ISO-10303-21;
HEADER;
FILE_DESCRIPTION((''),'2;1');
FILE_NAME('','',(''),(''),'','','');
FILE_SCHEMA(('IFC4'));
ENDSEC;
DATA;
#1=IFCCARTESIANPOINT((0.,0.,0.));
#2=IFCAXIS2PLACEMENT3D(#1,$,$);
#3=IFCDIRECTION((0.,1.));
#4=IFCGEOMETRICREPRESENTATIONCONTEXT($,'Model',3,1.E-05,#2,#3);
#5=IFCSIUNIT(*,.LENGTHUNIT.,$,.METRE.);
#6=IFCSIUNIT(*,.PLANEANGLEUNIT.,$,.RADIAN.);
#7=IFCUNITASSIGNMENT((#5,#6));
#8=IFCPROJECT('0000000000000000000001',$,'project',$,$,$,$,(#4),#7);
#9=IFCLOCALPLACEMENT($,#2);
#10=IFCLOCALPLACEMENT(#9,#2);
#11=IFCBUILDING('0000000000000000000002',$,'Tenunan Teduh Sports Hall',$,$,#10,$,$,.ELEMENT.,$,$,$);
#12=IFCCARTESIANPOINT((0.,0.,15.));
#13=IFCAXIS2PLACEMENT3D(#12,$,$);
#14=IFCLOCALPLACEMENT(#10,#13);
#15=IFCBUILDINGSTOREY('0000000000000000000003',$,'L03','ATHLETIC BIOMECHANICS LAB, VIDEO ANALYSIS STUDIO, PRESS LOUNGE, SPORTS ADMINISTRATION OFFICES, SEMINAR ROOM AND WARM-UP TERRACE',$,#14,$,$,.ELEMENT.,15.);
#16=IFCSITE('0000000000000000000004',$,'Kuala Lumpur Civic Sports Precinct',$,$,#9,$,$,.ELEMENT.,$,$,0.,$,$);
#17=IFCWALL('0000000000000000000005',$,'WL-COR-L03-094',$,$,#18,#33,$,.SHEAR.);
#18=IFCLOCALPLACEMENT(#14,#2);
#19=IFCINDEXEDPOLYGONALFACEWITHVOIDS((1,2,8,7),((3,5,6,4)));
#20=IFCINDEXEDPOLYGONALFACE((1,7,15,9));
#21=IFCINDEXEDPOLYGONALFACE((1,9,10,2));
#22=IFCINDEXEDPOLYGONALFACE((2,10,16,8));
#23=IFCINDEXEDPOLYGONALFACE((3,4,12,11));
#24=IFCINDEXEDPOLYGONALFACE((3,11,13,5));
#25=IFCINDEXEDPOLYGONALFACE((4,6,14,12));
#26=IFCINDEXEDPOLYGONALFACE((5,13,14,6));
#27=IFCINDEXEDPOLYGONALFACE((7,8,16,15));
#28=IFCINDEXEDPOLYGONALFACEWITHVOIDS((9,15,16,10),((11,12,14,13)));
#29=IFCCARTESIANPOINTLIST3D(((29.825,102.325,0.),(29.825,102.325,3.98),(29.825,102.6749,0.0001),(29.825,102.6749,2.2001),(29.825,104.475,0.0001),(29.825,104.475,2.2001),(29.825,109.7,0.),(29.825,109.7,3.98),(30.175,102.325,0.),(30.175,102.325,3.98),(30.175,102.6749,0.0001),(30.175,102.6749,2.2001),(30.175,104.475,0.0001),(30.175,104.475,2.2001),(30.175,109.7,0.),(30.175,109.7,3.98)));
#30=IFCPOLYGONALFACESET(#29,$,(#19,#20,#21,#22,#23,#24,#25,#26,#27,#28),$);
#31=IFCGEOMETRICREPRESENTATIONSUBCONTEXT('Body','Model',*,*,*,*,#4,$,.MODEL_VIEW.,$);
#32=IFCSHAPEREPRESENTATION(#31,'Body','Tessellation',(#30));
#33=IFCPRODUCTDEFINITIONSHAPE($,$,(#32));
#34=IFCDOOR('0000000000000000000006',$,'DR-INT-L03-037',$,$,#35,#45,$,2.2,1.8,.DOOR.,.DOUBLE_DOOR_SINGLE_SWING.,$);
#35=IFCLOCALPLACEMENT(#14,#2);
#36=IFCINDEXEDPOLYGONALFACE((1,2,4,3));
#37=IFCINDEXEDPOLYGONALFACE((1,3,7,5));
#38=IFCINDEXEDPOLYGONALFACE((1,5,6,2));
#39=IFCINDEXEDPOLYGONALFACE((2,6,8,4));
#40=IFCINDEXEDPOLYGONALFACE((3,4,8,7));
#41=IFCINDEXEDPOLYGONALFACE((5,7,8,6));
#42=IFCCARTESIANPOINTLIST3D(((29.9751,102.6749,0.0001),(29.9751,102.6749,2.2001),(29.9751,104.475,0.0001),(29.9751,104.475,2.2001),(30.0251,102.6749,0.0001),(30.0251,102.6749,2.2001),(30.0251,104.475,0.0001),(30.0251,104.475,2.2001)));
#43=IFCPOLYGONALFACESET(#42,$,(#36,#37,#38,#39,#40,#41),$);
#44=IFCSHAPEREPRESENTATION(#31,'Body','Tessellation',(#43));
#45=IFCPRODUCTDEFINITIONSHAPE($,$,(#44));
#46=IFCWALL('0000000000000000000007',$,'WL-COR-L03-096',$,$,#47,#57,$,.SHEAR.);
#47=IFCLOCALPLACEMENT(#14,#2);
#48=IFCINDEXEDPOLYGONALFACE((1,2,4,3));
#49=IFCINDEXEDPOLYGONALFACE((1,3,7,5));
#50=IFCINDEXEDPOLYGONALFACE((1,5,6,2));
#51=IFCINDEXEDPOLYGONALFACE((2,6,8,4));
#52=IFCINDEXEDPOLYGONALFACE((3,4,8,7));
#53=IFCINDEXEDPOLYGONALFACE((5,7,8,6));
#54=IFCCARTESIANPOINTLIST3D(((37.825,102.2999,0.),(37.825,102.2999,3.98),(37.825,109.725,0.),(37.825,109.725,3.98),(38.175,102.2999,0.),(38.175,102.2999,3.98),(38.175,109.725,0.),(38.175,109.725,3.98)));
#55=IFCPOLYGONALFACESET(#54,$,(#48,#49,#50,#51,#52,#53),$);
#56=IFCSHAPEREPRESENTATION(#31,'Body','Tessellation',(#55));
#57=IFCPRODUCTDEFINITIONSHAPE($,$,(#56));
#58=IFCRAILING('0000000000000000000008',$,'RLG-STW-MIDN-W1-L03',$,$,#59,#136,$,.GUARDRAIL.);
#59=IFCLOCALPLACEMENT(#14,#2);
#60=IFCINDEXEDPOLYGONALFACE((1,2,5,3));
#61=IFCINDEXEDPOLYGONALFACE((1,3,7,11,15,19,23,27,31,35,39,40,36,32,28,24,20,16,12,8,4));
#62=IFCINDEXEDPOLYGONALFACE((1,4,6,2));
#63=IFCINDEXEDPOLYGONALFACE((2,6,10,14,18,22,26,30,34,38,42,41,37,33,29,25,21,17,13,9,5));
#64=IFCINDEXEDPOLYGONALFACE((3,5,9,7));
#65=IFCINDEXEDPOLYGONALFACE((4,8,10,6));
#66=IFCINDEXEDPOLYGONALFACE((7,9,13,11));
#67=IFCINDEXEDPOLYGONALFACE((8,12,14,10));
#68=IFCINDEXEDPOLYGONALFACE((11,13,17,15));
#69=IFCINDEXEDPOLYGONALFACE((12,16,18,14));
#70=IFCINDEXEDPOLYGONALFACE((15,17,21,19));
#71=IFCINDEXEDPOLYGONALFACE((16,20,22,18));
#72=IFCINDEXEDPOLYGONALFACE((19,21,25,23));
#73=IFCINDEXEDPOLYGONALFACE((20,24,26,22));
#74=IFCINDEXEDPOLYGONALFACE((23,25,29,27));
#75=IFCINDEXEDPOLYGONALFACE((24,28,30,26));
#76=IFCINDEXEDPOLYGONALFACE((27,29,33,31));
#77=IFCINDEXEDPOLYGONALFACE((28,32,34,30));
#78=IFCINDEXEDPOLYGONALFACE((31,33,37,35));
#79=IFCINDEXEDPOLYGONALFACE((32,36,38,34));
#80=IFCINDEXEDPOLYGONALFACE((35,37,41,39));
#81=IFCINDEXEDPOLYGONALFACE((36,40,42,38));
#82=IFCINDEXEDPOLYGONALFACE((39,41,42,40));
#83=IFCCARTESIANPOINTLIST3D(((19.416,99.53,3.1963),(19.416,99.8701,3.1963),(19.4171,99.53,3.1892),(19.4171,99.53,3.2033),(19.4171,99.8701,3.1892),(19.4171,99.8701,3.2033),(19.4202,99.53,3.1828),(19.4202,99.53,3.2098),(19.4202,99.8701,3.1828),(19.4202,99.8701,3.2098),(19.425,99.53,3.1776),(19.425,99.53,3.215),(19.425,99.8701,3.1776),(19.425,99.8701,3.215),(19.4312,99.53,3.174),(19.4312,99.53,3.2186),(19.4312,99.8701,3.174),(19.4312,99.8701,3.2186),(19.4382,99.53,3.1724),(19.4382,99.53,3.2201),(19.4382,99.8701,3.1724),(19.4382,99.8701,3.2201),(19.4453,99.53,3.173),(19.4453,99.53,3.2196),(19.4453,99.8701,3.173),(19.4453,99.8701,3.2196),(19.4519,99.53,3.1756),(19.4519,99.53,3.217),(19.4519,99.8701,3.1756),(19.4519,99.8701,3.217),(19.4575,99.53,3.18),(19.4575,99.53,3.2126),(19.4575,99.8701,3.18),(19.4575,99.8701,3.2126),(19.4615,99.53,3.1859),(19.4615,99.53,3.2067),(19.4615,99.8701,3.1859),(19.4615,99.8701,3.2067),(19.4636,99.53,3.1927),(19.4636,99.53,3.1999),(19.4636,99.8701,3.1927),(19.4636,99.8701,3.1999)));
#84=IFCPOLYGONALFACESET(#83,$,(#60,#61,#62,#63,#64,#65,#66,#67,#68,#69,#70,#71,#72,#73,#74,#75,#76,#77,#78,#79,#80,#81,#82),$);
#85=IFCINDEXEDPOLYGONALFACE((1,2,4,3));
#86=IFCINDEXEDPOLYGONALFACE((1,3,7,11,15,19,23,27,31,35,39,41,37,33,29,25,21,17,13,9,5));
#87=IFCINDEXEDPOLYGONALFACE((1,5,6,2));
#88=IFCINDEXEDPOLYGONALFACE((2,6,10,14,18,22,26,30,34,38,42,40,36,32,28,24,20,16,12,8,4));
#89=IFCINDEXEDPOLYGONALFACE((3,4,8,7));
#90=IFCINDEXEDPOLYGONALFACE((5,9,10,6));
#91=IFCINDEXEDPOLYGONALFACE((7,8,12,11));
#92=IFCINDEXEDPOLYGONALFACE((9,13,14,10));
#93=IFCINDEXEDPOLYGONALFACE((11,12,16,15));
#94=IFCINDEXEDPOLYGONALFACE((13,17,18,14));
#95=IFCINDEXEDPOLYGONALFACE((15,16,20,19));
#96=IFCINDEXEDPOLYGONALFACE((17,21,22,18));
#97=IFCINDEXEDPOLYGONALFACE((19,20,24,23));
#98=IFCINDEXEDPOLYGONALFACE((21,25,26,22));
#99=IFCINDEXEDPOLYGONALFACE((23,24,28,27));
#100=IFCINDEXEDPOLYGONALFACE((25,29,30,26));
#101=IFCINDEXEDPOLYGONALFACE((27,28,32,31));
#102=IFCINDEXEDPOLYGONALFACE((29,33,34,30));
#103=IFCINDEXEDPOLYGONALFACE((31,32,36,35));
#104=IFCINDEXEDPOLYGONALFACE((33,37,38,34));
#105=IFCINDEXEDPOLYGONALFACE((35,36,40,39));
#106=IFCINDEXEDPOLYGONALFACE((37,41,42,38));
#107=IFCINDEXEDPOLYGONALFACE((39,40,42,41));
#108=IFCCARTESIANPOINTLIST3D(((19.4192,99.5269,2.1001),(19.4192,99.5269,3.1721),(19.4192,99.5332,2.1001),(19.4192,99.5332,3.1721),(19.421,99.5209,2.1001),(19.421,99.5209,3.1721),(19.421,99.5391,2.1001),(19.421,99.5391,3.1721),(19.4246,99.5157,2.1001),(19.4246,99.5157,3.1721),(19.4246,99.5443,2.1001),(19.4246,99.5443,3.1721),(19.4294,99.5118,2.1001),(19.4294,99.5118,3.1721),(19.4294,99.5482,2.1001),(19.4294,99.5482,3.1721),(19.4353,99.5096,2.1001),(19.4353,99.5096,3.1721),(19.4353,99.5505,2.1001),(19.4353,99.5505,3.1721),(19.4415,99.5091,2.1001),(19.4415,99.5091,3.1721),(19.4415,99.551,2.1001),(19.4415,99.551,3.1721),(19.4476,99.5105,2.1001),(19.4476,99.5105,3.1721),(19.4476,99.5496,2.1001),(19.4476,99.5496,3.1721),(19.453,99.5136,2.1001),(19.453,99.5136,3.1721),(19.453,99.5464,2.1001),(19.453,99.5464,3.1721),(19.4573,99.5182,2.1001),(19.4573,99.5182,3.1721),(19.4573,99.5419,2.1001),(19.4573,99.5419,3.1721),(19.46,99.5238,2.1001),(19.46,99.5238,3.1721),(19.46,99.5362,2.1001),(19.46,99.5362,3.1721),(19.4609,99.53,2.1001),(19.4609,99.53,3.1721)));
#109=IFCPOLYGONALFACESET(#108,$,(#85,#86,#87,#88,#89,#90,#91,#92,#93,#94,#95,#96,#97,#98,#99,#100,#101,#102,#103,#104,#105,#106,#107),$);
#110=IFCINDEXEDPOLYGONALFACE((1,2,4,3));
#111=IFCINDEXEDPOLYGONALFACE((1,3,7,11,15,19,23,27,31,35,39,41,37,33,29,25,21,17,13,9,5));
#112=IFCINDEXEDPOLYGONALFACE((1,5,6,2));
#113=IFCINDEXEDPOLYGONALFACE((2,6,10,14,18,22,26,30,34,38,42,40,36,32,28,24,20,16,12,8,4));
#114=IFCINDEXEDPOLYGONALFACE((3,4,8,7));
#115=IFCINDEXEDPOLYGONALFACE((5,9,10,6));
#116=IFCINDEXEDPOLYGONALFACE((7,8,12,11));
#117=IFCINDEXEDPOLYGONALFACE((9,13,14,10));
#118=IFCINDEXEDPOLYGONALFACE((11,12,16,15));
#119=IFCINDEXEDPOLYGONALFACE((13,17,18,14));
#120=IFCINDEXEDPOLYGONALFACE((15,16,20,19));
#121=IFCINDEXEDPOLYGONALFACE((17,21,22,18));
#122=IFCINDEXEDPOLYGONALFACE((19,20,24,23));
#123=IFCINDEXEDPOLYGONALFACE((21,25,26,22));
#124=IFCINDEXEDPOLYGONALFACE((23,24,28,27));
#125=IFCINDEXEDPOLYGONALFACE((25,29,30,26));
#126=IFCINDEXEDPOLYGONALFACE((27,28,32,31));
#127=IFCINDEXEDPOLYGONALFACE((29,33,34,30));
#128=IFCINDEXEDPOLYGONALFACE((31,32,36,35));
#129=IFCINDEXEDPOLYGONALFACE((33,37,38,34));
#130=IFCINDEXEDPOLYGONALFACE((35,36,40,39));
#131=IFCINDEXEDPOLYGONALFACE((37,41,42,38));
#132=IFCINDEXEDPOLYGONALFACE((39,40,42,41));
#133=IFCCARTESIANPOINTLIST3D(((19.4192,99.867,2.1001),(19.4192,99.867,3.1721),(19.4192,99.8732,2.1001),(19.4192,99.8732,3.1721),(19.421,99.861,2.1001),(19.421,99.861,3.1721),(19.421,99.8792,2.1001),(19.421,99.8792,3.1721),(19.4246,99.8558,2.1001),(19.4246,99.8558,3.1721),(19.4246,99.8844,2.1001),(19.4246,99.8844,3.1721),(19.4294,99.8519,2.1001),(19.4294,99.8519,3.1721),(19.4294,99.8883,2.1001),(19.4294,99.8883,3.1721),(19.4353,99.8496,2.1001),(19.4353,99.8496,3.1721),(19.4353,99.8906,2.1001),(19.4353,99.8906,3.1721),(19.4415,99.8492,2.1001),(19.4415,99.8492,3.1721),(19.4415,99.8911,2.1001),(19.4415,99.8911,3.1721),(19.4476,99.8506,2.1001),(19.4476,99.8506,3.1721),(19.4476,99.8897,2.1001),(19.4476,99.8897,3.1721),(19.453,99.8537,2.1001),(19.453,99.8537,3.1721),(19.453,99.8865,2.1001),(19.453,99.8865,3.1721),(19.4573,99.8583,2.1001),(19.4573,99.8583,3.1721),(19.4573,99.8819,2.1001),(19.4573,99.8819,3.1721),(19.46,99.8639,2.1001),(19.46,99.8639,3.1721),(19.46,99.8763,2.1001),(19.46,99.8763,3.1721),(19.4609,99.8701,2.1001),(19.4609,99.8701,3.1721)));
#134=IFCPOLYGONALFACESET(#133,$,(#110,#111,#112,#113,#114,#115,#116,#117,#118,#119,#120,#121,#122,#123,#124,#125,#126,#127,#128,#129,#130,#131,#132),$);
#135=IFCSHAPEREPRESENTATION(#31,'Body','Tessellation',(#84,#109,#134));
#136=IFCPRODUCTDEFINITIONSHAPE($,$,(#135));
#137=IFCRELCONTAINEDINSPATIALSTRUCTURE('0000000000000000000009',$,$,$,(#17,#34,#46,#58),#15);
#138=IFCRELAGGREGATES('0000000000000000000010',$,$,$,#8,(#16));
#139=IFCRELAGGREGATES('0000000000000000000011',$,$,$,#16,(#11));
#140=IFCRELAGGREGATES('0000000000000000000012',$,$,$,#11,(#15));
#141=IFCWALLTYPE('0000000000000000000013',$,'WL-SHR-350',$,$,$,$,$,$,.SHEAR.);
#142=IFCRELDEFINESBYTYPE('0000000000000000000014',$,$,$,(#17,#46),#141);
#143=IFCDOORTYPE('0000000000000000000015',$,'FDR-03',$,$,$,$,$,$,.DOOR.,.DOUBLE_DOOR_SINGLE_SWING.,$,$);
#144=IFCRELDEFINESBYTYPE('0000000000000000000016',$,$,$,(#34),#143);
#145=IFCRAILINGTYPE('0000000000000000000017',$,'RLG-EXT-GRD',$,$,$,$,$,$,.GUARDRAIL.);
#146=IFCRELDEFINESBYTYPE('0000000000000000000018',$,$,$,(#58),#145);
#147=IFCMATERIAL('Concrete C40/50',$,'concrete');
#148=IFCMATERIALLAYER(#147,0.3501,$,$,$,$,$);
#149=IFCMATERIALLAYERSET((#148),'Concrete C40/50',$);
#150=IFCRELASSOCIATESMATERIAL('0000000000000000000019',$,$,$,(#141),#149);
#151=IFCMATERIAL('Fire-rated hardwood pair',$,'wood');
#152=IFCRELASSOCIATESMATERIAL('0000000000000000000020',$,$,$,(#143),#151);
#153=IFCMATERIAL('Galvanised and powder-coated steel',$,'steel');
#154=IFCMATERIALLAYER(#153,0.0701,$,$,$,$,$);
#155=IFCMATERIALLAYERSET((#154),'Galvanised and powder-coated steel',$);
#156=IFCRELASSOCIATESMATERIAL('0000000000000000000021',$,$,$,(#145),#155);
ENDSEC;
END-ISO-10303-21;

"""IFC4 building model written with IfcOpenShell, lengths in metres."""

from ifc_helpers import new_model, si_unit, direction, frame, frame_2d, origin, origin_2d, place, context, subcontext, project, spatial, rectangle, circle, extrude, material, layer, layer_set, type_object, element, fill, save


model = new_model("IFC4")

# Units and contexts
model_context = context("Model", 3, precision=1e-05, world=origin(), true_north=direction((0.0, 1.0)))
body_context = subcontext(model_context, "Body", "Model", "MODEL_VIEW")
ifc_project = project(units=[si_unit("LENGTHUNIT", "METRE"), si_unit("PLANEANGLEUNIT", "RADIAN")], contexts=[model_context])

# Site, building, storey
site_placement = place(None, origin())
site = spatial("IfcSite", under=ifc_project, at=site_placement, Name="Kuala Lumpur Civic Sports Precinct", CompositionType="ELEMENT", RefElevation=0.0)
building_placement = place(site_placement, origin())
building = spatial("IfcBuilding", under=site, at=building_placement, Name="Tenunan Teduh Sports Hall", CompositionType="ELEMENT")
storey_placement = place(building_placement, frame((0.0, 0.0, 15.0)))
storey = spatial("IfcBuildingStorey", under=building, at=storey_placement, Name="L03", Description="ATHLETIC BIOMECHANICS LAB, VIDEO ANALYSIS STUDIO, PRESS LOUNGE, SPORTS ADMINISTRATION OFFICES, SEMINAR ROOM AND WARM-UP TERRACE", CompositionType="ELEMENT", Elevation=15.0)

# Wall, opening, door
ifc_material_1 = material(Name="Concrete C40/50", Category="concrete")
ifc_layer_1 = layer(ifc_material_1, 0.3501)
ifc_layer_set_1 = layer_set([ifc_layer_1], Name="Concrete C40/50")
wall_type_1 = type_object("IfcWallType", Name="WL-SHR-350", PredefinedType="SHEAR", material=ifc_layer_set_1)
ifc_material_2 = material(Name="Fire-rated hardwood pair", Category="wood")
door_type_1 = type_object("IfcDoorType", Name="FDR-03", OperationType="DOUBLE_DOOR_SINGLE_SWING", PredefinedType="DOOR", material=ifc_material_2)
wall_1_placement = place(storey_placement, frame((30.0, 102.325, 0.0), z_axis=(0.0, 0.0, 1.0), x_axis=(0.0, 1.0, 0.0)))
wall_1 = element("IfcWall", 1, at=wall_1_placement, inside=storey, type_object=wall_type_1, Name="WL-COR-L03-094", PredefinedType="SHEAR", context=body_context, shape_type="SweptSolid", body=[
    extrude(rectangle(XDim=7.375, YDim=0.3501, at=frame_2d((3.6875, 0.0))), origin(), (0.0, 0.0, 1.0), 3.98),
])
opening_1_placement = place(wall_1_placement, frame((0.3501, 0.0, 0.0)))
opening_1 = element("IfcOpeningElement", 2, at=opening_1_placement, cuts=wall_1, PredefinedType="OPENING", context=body_context, shape_type="SweptSolid", body=[
    extrude(rectangle(XDim=1.8, YDim=2.2, at=frame_2d((0.8999, 1.1001))), frame((0.0, 0.1851, 0.0), z_axis=(0.0, -1.0, 0.0), x_axis=(1.0, 0.0, 0.0)), (0.0, 0.0, 1.0), 0.3701),
])
door_1_placement = place(opening_1_placement, origin())
door_1 = element("IfcDoor", 3, at=door_1_placement, inside=storey, type_object=door_type_1, Name="DR-INT-L03-037", OperationType="DOUBLE_DOOR_SINGLE_SWING", OverallHeight=2.2, OverallWidth=1.8, PredefinedType="DOOR", context=body_context, shape_type="SweptSolid", body=[
    extrude(rectangle(XDim=1.8, YDim=2.2, at=frame_2d((0.8999, 1.1001))), frame((0.0, 0.0249, 0.0), z_axis=(0.0, -1.0, 0.0), x_axis=(1.0, 0.0, 0.0)), (0.0, 0.0, 1.0), 0.05),
])
fill(opening_1, door_1)

# Wall
wall_2_placement = place(storey_placement, frame((38.0, 102.3, 0.0), z_axis=(0.0, 0.0, 1.0), x_axis=(0.0, 1.0, 0.0)))
element("IfcWall", 4, at=wall_2_placement, inside=storey, type_object=wall_type_1, Name="WL-COR-L03-096", PredefinedType="SHEAR", context=body_context, shape_type="SweptSolid", body=[
    extrude(rectangle(XDim=7.425, YDim=0.3501, at=frame_2d((3.7124, 0.0))), origin(), (0.0, 0.0, 1.0), 3.98),
])

# Railing
ifc_material_3 = material(Name="Galvanised and powder-coated steel", Category="steel")
ifc_layer_2 = layer(ifc_material_3, 0.0701)
ifc_layer_set_2 = layer_set([ifc_layer_2], Name="Galvanised and powder-coated steel")
railing_type = type_object("IfcRailingType", Name="RLG-EXT-GRD", PredefinedType="GUARDRAIL", material=ifc_layer_set_2)
railing_1_placement = place(storey_placement, frame((19.4399, 99.53, 2.1001)))
element("IfcRailing", 5, at=railing_1_placement, inside=storey, type_object=railing_type, Name="RLG-STW-MIDN-W1-L03", PredefinedType="GUARDRAIL", context=body_context, shape_type="SweptSolid", body=[
    extrude(circle(Radius=0.0239, at=origin_2d()), frame((0.0, 0.0, 1.0962), z_axis=(0.0, 1.0, 0.0), x_axis=(-1.0, 0.0, 0.0)), (0.0, 0.0, 1.0), 0.3401),
    extrude(circle(Radius=0.021, at=origin_2d()), origin(), (0.0, 0.0, 1.0), 1.072),
    extrude(circle(Radius=0.021, at=origin_2d()), frame((0.0, 0.3401, 0.0)), (0.0, 0.0, 1.0), 1.072),
])

save(model, "model.ifc")
